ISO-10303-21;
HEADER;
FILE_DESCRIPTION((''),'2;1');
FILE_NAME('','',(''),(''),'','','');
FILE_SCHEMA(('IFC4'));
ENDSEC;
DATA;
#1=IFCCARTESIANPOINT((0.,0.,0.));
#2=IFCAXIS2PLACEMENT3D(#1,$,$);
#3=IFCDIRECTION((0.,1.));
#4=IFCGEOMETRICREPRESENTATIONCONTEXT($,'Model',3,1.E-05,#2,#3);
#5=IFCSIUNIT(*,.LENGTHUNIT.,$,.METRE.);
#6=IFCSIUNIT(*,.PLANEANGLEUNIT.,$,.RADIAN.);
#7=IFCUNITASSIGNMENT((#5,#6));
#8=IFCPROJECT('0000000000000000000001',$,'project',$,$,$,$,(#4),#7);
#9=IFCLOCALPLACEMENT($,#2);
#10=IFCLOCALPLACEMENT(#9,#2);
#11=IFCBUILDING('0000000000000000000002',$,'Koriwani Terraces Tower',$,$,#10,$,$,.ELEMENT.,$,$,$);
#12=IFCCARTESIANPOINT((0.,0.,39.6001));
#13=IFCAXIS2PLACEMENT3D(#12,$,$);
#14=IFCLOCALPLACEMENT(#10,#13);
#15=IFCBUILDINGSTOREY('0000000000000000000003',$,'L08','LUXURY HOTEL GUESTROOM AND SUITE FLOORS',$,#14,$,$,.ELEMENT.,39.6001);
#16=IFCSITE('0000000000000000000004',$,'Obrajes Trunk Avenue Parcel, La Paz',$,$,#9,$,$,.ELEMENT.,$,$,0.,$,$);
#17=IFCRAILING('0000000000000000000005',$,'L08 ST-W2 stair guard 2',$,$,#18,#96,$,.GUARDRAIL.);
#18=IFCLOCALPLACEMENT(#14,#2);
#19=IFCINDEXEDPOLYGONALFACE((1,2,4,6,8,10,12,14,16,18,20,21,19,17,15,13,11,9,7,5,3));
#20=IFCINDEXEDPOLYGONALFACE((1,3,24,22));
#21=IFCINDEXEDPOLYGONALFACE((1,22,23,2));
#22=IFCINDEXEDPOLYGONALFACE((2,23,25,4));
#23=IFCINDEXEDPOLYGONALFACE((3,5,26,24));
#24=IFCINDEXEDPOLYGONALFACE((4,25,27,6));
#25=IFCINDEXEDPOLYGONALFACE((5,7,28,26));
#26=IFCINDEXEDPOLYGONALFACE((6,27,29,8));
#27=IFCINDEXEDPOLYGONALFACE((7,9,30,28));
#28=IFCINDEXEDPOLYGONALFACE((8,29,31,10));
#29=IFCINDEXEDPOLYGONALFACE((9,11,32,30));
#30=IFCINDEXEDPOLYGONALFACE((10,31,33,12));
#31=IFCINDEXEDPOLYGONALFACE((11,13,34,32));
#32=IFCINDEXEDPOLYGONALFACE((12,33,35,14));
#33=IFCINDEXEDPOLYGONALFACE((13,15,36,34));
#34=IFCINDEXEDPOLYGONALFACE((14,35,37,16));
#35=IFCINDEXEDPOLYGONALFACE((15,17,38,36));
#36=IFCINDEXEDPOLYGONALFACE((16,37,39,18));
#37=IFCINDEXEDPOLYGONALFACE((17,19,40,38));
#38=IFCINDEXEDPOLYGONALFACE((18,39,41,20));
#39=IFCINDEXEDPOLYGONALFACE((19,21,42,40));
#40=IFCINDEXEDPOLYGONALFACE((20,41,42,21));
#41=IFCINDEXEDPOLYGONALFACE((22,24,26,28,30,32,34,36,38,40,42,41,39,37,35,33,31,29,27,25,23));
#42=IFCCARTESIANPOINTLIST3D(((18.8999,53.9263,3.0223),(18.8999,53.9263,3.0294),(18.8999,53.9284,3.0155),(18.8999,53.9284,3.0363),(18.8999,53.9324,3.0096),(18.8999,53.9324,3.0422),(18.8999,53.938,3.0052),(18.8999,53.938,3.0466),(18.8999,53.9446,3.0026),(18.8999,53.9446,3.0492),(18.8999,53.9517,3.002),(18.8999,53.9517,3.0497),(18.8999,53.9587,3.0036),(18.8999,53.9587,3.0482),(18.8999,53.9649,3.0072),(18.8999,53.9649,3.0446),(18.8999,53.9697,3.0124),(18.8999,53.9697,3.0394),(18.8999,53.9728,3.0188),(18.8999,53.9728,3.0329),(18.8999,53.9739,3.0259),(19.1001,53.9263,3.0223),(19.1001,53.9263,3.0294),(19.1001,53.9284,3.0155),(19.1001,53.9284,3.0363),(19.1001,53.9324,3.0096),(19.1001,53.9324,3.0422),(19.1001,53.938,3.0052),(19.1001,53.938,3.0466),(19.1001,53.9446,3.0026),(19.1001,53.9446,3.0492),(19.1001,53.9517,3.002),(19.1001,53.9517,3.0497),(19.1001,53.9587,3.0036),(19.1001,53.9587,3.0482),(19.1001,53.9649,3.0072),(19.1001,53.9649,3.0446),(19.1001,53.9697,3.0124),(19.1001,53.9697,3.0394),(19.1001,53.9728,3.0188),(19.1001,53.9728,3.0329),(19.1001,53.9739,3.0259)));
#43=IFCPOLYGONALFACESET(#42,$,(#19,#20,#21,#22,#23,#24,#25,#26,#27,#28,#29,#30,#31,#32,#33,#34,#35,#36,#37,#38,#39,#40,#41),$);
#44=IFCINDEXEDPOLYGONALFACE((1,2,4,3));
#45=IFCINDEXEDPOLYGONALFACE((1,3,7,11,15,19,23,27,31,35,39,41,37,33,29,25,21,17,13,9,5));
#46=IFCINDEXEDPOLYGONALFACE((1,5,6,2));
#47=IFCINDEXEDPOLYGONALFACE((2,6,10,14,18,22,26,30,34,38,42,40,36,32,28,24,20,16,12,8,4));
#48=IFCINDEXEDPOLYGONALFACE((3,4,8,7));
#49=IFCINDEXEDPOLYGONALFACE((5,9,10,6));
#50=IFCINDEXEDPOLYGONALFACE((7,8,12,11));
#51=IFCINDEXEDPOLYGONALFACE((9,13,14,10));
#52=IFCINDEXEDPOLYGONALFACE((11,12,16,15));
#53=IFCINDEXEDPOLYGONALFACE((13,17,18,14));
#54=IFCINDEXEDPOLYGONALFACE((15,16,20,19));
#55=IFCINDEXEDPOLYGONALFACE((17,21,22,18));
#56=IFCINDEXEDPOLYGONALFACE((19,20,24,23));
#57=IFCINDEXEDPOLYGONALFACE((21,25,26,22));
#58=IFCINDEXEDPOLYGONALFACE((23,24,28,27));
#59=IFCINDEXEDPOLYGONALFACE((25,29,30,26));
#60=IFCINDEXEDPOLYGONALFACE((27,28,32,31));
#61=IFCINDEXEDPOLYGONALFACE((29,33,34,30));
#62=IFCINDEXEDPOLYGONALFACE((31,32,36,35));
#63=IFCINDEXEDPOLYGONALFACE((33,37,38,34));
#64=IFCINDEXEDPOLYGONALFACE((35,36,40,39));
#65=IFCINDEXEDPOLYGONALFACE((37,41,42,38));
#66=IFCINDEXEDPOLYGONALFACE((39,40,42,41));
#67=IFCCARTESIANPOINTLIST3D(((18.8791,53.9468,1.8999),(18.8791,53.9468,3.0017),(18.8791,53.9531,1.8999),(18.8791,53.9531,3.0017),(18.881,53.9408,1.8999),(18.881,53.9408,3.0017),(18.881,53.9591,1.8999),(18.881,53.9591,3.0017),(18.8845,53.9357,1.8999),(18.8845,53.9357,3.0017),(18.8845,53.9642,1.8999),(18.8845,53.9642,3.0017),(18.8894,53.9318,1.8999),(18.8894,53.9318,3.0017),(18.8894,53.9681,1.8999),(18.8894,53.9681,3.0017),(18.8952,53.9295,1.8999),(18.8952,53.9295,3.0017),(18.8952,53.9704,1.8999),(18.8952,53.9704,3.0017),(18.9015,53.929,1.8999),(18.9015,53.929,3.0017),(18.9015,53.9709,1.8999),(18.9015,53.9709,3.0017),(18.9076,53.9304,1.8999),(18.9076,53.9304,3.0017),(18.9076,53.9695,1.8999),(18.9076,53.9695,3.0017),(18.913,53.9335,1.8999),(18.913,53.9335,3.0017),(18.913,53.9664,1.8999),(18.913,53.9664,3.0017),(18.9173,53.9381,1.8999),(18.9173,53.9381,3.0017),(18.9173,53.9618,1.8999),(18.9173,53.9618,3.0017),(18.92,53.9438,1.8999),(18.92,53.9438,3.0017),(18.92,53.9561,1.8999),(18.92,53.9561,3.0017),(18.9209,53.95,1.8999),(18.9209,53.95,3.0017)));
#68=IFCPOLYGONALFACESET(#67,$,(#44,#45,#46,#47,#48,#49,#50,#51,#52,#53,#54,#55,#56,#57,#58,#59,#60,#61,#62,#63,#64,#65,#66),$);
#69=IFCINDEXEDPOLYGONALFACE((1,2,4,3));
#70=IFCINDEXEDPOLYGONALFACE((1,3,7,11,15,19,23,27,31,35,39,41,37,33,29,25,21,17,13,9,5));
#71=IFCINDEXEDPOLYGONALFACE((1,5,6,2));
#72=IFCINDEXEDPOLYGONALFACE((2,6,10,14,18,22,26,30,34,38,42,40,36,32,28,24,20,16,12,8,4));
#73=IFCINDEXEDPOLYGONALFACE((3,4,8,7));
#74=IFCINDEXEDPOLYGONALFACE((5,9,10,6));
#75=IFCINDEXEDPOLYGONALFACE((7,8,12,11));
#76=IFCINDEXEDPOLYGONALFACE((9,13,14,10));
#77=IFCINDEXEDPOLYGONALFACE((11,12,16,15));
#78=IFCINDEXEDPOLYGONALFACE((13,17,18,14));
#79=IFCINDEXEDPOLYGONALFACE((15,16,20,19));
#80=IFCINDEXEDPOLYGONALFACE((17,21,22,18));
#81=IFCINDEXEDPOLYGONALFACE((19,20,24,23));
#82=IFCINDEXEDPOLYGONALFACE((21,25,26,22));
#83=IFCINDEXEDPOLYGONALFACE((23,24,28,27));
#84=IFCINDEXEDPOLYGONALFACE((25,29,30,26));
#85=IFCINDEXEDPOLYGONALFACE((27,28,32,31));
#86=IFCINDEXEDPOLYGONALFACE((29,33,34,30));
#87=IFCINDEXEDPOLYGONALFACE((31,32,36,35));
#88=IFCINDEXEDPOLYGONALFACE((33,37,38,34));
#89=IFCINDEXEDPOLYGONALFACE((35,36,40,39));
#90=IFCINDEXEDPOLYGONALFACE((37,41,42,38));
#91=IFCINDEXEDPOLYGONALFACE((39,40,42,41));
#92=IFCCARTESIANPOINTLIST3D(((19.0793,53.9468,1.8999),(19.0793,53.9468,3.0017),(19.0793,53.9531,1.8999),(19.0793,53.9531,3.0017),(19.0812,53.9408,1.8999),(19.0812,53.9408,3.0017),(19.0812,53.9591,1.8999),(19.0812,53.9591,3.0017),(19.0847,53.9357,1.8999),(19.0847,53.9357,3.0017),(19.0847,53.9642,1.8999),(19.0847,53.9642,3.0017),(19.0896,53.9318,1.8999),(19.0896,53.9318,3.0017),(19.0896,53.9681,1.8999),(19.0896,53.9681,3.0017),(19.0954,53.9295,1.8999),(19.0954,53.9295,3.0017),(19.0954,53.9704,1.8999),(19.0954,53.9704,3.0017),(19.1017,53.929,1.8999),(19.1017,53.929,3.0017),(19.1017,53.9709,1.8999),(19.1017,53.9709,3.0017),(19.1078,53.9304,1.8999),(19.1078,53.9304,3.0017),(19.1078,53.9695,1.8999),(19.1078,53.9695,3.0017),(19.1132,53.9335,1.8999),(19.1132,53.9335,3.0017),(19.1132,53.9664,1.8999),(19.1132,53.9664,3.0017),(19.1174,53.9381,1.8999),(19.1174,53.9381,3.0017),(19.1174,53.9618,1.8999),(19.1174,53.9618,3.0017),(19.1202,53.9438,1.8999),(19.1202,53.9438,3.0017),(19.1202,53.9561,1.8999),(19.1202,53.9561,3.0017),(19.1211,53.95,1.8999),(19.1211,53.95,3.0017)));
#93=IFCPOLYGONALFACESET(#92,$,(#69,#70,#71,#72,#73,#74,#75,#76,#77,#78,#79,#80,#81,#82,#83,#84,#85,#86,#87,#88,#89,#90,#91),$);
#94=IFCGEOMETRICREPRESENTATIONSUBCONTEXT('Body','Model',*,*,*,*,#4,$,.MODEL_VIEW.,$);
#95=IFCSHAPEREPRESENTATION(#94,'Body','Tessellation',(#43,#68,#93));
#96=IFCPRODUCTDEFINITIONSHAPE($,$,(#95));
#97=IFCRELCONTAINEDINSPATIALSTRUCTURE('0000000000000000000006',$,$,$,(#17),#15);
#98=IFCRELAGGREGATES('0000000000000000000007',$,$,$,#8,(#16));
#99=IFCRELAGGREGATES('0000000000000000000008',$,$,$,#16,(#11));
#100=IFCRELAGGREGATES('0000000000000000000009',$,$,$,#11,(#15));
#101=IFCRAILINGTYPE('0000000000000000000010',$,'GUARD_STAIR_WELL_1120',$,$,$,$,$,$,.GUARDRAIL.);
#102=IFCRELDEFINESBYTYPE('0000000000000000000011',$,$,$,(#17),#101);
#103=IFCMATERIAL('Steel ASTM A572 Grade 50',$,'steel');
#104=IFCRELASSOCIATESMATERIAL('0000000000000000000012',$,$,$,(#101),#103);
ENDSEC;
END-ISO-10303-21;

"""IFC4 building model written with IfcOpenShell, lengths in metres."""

from ifc_helpers import new_model, si_unit, direction, frame, origin, origin_2d, place, context, subcontext, project, spatial, circle, extrude, material, type_object, element, save


model = new_model("IFC4")

# Units and contexts
model_context = context("Model", 3, precision=1e-05, world=origin(), true_north=direction((0.0, 1.0)))
body_context = subcontext(model_context, "Body", "Model", "MODEL_VIEW")
ifc_project = project(units=[si_unit("LENGTHUNIT", "METRE"), si_unit("PLANEANGLEUNIT", "RADIAN")], contexts=[model_context])

# Site, building, storey
site_placement = place(None, origin())
site = spatial("IfcSite", under=ifc_project, at=site_placement, Name="Obrajes Trunk Avenue Parcel, La Paz", CompositionType="ELEMENT", RefElevation=0.0)
building_placement = place(site_placement, origin())
building = spatial("IfcBuilding", under=site, at=building_placement, Name="Koriwani Terraces Tower", CompositionType="ELEMENT")
storey_placement = place(building_placement, frame((0.0, 0.0, 39.6001)))
storey = spatial("IfcBuildingStorey", under=building, at=storey_placement, Name="L08", Description="LUXURY HOTEL GUESTROOM AND SUITE FLOORS", CompositionType="ELEMENT", Elevation=39.6001)

# Shared definitions
ifc_material_1 = material(Name="Steel ASTM A572 Grade 50", Category="steel")

# Railing
railing_type_1 = type_object("IfcRailingType", Name="GUARD_STAIR_WELL_1120", PredefinedType="GUARDRAIL", material=ifc_material_1)
railing_1_placement = place(storey_placement, frame((18.8999, 53.95, 1.8999)))
element("IfcRailing", 1, at=railing_1_placement, inside=storey, type_object=railing_type_1, Name="L08 ST-W2 stair guard 2", PredefinedType="GUARDRAIL", context=body_context, shape_type="SweptSolid", body=[
    extrude(circle(Radius=0.0239, at=origin_2d()), frame((0.0, 0.0, 1.126), z_axis=(1.0, 0.0, 0.0), x_axis=(0.0, 1.0, 0.0)), (0.0, 0.0, 1.0), 0.2002),
    extrude(circle(Radius=0.021, at=origin_2d()), origin(), (0.0, 0.0, 1.0), 1.1018),
    extrude(circle(Radius=0.021, at=origin_2d()), frame((0.2002, 0.0, 0.0)), (0.0, 0.0, 1.0), 1.1018),
])

save(model, "model.ifc")
